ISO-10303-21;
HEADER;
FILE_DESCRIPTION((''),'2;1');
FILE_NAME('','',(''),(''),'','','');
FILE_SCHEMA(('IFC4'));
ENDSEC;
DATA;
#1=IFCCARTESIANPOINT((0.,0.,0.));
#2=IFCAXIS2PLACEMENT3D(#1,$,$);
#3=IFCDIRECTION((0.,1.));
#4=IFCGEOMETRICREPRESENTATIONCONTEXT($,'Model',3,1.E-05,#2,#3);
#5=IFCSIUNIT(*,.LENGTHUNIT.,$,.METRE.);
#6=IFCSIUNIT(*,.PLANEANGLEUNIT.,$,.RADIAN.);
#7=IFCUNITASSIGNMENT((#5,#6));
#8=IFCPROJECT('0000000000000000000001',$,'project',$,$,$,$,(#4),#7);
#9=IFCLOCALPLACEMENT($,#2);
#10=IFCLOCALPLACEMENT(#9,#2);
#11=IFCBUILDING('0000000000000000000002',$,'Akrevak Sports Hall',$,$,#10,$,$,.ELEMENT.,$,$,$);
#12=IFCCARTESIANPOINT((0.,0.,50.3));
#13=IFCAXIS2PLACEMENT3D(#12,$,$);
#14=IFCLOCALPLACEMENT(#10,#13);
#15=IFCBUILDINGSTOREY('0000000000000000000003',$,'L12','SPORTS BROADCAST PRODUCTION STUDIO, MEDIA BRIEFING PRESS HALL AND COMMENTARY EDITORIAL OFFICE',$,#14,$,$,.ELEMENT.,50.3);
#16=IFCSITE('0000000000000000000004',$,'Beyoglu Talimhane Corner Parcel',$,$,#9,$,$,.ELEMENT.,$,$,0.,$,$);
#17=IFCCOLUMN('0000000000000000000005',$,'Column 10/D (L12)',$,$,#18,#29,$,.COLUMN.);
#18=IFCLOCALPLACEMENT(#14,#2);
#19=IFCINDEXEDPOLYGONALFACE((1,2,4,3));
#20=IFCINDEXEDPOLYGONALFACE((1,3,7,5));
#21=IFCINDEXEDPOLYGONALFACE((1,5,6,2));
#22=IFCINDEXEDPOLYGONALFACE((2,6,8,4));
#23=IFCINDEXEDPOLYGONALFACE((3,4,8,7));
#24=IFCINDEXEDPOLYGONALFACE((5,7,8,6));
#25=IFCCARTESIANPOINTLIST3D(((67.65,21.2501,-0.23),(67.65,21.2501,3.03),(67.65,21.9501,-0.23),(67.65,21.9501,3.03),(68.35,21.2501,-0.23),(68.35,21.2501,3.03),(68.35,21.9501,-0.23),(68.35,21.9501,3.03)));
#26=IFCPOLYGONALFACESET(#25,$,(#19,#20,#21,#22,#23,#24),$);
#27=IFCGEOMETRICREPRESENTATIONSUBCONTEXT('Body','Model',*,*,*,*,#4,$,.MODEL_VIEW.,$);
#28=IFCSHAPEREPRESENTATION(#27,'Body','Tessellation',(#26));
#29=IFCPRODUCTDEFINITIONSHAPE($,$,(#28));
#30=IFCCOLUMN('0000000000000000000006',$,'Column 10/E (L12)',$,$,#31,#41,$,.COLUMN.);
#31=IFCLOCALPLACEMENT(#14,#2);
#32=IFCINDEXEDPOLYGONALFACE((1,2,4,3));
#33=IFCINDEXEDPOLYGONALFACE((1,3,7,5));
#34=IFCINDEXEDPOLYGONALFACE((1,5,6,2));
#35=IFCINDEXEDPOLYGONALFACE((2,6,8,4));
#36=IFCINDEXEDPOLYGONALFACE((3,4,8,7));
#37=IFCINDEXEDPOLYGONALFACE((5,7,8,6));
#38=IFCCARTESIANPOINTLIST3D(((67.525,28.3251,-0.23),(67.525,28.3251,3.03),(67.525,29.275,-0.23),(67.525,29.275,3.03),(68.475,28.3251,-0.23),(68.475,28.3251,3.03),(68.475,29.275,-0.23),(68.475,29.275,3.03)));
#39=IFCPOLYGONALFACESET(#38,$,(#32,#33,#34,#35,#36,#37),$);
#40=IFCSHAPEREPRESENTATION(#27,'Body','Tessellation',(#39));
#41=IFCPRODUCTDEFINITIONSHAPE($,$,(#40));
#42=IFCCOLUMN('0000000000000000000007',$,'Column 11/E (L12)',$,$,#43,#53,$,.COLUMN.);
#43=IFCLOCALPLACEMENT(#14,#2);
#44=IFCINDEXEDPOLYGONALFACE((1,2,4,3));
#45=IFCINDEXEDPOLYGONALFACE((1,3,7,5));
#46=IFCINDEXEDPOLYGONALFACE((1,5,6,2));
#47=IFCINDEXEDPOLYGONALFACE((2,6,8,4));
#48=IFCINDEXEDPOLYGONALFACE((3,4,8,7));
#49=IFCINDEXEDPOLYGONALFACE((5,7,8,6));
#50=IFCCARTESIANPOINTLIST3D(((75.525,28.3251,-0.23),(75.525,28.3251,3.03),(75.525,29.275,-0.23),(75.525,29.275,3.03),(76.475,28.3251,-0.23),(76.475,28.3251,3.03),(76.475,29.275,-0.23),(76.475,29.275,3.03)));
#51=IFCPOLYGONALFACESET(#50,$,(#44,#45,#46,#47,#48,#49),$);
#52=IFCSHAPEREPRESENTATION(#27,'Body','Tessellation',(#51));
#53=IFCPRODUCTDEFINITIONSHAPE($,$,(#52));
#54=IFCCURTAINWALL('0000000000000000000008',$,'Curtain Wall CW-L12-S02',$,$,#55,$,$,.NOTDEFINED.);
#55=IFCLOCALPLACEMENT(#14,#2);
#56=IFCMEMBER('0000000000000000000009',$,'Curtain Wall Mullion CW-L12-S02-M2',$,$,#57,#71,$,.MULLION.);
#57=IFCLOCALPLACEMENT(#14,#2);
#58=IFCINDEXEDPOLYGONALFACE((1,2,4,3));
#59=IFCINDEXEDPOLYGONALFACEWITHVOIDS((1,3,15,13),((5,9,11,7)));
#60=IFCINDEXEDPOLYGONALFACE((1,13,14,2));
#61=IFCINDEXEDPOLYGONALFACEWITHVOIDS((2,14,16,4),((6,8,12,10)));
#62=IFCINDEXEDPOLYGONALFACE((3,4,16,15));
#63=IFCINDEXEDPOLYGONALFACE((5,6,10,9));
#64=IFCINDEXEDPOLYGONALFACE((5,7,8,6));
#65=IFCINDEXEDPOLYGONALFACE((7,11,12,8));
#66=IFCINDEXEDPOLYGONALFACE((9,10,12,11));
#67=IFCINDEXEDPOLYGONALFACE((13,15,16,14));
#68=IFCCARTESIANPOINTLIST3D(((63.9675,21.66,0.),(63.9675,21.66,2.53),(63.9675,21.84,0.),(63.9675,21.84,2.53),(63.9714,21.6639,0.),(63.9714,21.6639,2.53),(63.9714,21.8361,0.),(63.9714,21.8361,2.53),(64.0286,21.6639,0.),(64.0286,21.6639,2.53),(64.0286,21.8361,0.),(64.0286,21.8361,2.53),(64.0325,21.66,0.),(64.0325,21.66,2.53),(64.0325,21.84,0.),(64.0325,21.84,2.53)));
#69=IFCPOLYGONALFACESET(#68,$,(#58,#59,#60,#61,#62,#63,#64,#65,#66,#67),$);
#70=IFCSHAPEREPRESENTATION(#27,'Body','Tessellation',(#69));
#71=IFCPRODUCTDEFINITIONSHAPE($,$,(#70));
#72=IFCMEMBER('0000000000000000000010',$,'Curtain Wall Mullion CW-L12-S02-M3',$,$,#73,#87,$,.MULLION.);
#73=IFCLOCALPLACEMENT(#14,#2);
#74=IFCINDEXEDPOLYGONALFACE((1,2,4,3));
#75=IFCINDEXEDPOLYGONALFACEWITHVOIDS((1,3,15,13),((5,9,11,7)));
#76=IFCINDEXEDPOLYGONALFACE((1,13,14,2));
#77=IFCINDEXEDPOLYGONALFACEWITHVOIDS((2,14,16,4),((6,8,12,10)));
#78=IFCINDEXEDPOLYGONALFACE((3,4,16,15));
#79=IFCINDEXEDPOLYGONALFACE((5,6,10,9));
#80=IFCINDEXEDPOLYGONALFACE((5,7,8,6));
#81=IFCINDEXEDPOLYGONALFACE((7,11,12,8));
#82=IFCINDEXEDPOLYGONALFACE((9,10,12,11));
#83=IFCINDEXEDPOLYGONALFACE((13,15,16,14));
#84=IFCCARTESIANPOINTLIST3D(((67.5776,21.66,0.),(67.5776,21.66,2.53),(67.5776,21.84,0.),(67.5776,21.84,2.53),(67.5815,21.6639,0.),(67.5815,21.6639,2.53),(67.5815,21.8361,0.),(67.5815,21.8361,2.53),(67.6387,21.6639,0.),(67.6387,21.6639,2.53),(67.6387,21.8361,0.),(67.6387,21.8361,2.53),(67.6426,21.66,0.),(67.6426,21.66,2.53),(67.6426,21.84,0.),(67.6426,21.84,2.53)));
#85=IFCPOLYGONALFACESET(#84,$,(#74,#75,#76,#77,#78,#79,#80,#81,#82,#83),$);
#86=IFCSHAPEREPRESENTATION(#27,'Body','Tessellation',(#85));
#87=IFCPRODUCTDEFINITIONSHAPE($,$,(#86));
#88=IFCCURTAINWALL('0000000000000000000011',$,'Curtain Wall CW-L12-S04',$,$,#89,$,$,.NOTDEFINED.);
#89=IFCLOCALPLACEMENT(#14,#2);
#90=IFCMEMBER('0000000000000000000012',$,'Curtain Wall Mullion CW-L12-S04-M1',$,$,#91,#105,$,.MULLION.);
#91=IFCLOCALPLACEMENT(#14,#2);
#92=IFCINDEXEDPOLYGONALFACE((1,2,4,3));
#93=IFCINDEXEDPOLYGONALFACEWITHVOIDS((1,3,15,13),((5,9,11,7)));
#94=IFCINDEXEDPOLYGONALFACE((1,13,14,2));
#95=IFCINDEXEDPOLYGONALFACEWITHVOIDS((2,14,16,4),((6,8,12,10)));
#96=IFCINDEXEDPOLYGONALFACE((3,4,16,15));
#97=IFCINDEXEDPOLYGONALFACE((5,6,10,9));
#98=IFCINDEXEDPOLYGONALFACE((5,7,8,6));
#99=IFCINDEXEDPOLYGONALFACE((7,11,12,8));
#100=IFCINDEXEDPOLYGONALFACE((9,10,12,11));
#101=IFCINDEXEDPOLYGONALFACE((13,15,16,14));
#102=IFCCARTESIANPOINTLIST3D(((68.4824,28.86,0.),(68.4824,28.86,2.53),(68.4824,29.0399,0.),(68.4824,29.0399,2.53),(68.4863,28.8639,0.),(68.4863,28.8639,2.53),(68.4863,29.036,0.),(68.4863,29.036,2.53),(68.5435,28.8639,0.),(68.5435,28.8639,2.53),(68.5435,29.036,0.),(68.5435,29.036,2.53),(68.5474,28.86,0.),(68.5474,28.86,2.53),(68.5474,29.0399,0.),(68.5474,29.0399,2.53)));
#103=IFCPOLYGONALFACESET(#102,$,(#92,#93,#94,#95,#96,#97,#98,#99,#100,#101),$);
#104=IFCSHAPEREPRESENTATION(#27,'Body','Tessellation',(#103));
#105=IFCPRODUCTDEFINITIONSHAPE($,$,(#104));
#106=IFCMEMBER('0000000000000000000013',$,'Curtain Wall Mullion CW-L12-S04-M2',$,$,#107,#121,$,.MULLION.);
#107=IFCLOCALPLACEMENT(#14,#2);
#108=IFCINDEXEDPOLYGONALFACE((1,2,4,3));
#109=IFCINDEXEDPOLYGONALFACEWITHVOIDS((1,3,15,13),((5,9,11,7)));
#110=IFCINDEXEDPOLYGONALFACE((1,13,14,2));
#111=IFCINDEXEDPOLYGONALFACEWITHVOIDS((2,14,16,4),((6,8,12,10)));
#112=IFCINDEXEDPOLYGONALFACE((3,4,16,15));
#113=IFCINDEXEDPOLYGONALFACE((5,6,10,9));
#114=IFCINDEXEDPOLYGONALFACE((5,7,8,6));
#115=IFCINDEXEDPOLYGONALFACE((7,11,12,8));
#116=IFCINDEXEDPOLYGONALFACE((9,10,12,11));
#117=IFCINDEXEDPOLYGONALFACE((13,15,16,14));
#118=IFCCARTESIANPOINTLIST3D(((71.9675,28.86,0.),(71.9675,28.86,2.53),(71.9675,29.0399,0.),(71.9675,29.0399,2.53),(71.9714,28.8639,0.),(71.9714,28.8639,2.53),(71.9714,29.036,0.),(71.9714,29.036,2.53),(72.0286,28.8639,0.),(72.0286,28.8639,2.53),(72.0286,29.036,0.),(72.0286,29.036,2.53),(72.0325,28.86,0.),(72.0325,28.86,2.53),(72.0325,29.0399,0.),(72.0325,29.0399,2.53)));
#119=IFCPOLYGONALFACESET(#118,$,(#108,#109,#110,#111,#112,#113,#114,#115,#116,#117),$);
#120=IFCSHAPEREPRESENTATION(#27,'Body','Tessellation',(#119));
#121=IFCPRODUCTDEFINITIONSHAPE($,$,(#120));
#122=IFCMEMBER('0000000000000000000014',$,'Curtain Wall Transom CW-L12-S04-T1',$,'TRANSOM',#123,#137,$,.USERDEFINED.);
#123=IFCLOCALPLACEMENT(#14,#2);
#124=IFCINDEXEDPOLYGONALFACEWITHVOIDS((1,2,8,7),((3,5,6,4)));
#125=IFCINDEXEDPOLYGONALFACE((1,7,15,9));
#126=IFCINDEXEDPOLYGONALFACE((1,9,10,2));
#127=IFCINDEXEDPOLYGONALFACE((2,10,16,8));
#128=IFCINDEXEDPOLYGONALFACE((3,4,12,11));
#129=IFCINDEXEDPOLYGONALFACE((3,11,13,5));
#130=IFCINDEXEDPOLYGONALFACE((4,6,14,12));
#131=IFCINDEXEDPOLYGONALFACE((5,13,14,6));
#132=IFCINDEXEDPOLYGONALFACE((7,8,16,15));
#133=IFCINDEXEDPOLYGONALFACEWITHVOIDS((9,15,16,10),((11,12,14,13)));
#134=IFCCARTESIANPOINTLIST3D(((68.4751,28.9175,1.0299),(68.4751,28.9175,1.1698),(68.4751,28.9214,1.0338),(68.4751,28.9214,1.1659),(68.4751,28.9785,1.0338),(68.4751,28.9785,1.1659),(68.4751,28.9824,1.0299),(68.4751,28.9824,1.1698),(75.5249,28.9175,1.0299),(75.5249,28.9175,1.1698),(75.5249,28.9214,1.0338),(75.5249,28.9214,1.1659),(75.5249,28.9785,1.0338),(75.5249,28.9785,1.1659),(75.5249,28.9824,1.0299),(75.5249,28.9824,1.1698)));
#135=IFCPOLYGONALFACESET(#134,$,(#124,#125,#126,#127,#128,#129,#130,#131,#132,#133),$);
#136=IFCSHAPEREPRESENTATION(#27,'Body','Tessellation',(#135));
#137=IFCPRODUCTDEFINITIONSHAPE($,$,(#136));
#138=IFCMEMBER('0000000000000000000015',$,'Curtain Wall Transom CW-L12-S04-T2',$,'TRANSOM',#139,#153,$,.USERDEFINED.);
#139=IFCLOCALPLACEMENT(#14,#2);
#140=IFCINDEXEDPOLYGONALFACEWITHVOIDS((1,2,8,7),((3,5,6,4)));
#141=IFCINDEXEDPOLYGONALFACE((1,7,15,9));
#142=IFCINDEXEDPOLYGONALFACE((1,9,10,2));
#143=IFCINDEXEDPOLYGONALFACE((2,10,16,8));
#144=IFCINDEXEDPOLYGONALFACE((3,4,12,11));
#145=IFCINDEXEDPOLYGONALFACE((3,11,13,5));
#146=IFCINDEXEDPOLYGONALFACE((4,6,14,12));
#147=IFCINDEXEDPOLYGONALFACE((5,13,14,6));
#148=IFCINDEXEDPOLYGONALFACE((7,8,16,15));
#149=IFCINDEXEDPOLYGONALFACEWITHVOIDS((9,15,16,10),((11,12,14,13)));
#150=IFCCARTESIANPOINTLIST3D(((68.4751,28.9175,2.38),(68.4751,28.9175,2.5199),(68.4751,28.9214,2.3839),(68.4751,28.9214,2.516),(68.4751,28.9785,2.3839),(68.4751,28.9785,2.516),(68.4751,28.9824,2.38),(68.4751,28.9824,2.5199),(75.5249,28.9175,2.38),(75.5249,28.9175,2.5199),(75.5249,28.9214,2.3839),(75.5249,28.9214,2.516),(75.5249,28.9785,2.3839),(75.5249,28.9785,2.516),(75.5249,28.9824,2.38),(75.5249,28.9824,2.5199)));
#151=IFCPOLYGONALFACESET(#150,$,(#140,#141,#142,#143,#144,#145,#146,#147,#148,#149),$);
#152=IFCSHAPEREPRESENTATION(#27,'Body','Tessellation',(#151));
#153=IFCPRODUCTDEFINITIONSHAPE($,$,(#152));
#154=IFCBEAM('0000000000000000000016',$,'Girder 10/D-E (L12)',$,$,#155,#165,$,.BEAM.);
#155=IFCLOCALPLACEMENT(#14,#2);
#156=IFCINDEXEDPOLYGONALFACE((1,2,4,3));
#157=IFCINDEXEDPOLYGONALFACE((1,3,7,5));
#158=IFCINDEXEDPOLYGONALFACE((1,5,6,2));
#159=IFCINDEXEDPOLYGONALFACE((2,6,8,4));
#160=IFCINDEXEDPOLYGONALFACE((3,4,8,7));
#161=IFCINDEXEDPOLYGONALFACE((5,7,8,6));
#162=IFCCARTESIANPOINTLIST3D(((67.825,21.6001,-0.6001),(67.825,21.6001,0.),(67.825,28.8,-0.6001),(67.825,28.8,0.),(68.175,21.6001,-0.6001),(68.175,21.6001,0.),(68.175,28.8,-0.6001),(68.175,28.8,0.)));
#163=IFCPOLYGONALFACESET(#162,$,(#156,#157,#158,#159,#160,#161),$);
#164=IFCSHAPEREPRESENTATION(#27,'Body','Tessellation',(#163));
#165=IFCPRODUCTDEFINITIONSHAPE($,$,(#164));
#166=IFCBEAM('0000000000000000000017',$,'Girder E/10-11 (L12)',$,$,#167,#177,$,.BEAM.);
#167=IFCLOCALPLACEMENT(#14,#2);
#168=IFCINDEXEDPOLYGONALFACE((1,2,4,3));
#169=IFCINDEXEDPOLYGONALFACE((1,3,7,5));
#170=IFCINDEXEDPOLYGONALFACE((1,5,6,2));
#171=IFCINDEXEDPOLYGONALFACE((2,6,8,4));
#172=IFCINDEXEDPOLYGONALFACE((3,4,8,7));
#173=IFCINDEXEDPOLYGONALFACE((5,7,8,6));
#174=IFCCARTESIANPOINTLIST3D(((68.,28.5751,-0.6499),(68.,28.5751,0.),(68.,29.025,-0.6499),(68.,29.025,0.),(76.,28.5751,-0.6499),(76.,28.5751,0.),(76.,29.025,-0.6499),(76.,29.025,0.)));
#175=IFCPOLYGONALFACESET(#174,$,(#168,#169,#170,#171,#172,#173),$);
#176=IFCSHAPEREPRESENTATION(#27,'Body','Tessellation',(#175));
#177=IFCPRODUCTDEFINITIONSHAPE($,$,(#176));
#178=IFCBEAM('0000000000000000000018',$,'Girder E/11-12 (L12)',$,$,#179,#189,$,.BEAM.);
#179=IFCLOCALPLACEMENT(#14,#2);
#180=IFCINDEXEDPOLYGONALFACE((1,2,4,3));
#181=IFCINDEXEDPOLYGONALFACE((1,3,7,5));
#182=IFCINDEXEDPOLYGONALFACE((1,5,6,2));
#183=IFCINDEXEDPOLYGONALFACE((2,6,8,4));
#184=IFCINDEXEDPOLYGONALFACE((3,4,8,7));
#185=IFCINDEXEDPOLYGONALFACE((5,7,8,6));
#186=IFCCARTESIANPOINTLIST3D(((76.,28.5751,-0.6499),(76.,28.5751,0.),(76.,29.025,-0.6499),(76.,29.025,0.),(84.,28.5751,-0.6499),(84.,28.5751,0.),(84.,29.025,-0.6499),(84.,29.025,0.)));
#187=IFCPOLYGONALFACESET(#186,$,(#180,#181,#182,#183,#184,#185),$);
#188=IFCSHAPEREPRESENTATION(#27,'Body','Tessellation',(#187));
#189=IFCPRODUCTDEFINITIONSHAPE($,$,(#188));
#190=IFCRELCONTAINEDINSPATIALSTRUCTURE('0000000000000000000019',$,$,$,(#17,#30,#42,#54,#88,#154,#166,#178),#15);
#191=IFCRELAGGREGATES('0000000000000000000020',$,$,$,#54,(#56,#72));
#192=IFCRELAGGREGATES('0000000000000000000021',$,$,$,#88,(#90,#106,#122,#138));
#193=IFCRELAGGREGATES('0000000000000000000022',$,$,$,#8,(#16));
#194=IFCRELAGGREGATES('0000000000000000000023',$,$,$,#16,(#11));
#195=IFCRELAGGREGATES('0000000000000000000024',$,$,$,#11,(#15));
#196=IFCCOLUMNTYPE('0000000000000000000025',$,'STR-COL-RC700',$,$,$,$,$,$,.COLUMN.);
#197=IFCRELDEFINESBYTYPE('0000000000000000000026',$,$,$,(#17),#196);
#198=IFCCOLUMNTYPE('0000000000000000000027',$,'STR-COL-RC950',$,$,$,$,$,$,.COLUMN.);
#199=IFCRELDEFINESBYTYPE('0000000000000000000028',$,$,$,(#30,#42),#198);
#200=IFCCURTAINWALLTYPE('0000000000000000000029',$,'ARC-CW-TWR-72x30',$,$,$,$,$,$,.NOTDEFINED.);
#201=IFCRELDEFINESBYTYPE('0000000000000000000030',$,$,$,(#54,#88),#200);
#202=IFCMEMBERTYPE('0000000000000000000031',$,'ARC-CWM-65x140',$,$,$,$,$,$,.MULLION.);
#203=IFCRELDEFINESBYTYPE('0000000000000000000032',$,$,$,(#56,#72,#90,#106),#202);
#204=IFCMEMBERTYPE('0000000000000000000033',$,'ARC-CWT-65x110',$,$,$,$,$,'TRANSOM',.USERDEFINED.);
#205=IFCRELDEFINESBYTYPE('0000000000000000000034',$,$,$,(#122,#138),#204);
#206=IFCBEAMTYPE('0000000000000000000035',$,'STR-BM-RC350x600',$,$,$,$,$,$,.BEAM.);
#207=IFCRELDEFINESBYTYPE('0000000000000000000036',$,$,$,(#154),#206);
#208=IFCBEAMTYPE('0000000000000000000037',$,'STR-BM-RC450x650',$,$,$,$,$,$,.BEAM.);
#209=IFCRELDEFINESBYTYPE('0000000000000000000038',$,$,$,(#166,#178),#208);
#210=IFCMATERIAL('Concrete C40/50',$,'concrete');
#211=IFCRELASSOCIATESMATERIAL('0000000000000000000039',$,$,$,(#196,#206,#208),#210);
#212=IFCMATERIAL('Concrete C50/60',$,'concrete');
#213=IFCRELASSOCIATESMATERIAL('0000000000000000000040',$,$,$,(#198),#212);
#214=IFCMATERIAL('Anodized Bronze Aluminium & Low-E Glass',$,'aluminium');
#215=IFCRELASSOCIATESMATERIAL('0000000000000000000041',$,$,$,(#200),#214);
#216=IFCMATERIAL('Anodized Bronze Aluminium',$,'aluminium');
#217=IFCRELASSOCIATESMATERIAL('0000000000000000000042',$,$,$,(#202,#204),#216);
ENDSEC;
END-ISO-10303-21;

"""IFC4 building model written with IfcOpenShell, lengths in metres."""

from ifc_helpers import new_model, si_unit, direction, frame, origin, origin_2d, place, context, subcontext, project, spatial, rectangle, hollow_rectangle, extrude, material, material_profile, profile_set, type_object, element, aggregate, save


model = new_model("IFC4")

# Units and contexts
model_context = context("Model", 3, precision=1e-05, world=origin(), true_north=direction((0.0, 1.0)))
body_context = subcontext(model_context, "Body", "Model", "MODEL_VIEW")
ifc_project = project(units=[si_unit("LENGTHUNIT", "METRE"), si_unit("PLANEANGLEUNIT", "RADIAN")], contexts=[model_context])

# Site, building, storey
site_placement = place(None, origin())
site = spatial("IfcSite", under=ifc_project, at=site_placement, Name="Beyoglu Talimhane Corner Parcel", CompositionType="ELEMENT", RefElevation=0.0)
building_placement = place(site_placement, origin())
building = spatial("IfcBuilding", under=site, at=building_placement, Name="Akrevak Sports Hall", CompositionType="ELEMENT")
storey_placement = place(building_placement, frame((0.0, 0.0, 50.3)))
storey = spatial("IfcBuildingStorey", under=building, at=storey_placement, Name="L12", Description="SPORTS BROADCAST PRODUCTION STUDIO, MEDIA BRIEFING PRESS HALL AND COMMENTARY EDITORIAL OFFICE", CompositionType="ELEMENT", Elevation=50.3)

# Columns
ifc_material_1 = material(Name="Concrete C40/50", Category="concrete")
ifc_material_profile_1 = material_profile(ifc_material_1, rectangle(XDim=0.7, YDim=0.7, at=origin_2d()), Name="RC 700x700", Category="concrete")
ifc_profile_set_1 = profile_set([ifc_material_profile_1], Name="Concrete C40/50")
column_type_1 = type_object("IfcColumnType", Name="STR-COL-RC700", PredefinedType="COLUMN", material=ifc_profile_set_1)
column_placement = place(storey_placement, frame((68.0, 21.6001, -0.23), z_axis=(0.0, 0.0, 1.0), x_axis=(1.0, 0.0, 0.0)))
element("IfcColumn", 1, at=column_placement, inside=storey, type_object=column_type_1, Name="Column 10/D (L12)", PredefinedType="COLUMN", context=body_context, shape_type="SweptSolid", body=[
    extrude(rectangle(XDim=0.7, YDim=0.7, at=origin_2d()), origin(), (0.0, 0.0, 1.0), 3.26),
])
ifc_material_2 = material(Name="Concrete C50/60", Category="concrete")
ifc_material_profile_2 = material_profile(ifc_material_2, rectangle(XDim=0.95, YDim=0.95, at=origin_2d()), Name="RC 950x950", Category="concrete")
ifc_profile_set_2 = profile_set([ifc_material_profile_2], Name="Concrete C50/60")
column_type_2 = type_object("IfcColumnType", Name="STR-COL-RC950", PredefinedType="COLUMN", material=ifc_profile_set_2)
for number, where, z_axis, x_axis, name in (
    (2, (68.0, 28.8, -0.23), (0.0, 0.0, 1.0), (1.0, 0.0, 0.0), "Column 10/E (L12)"),
    (3, (76.0, 28.8, -0.23), (0.0, 0.0, 1.0), (1.0, 0.0, 0.0), "Column 11/E (L12)"),
):
    element("IfcColumn", number, at=place(storey_placement, frame(where, z_axis=z_axis, x_axis=x_axis)), inside=storey, type_object=column_type_2, Name=name, PredefinedType="COLUMN", context=body_context, shape_type="SweptSolid", body=[
        extrude(rectangle(XDim=0.95, YDim=0.95, at=origin_2d()), origin(), (0.0, 0.0, 1.0), 3.26),
    ])

# Curtain walls, members
ifc_material_3 = material(Name="Anodized Bronze Aluminium & Low-E Glass", Category="aluminium")
curtain_wall_type = type_object("IfcCurtainWallType", Name="ARC-CW-TWR-72x30", PredefinedType="NOTDEFINED", material=ifc_material_3)
curtain_wall_1_placement = place(storey_placement, origin())
curtain_wall_1 = element("IfcCurtainWall", 4, at=curtain_wall_1_placement, inside=storey, type_object=curtain_wall_type, Name="Curtain Wall CW-L12-S02", PredefinedType="NOTDEFINED")
ifc_material_4 = material(Name="Anodized Bronze Aluminium", Category="aluminium")
ifc_material_profile_3 = material_profile(ifc_material_4, hollow_rectangle(XDim=0.0649, YDim=0.1799, WallThickness=0.0039, at=origin_2d()), Name="CWM 65x180", Category="aluminium")
ifc_profile_set_3 = profile_set([ifc_material_profile_3], Name="Anodized Bronze Aluminium")
member_type_1 = type_object("IfcMemberType", Name="ARC-CWM-65x140", PredefinedType="MULLION", material=ifc_profile_set_3)
member_1_placement = place(storey_placement, frame((64.0, 21.75, 0.0), z_axis=(0.0, 0.0, 1.0), x_axis=(1.0, 0.0, 0.0)))
member_1 = element("IfcMember", 5, at=member_1_placement, type_object=member_type_1, Name="Curtain Wall Mullion CW-L12-S02-M2", PredefinedType="MULLION", context=body_context, shape_type="SweptSolid", body=[
    extrude(hollow_rectangle(XDim=0.0649, YDim=0.1799, WallThickness=0.0039, at=origin_2d()), origin(), (0.0, 0.0, 1.0), 2.53),
])
member_2_placement = place(storey_placement, frame((67.6101, 21.75, 0.0), z_axis=(0.0, 0.0, 1.0), x_axis=(1.0, 0.0, 0.0)))
member_2 = element("IfcMember", 6, at=member_2_placement, type_object=member_type_1, Name="Curtain Wall Mullion CW-L12-S02-M3", PredefinedType="MULLION", context=body_context, shape_type="SweptSolid", body=[
    extrude(hollow_rectangle(XDim=0.0649, YDim=0.1799, WallThickness=0.0039, at=origin_2d()), origin(), (0.0, 0.0, 1.0), 2.53),
])
curtain_wall_2_placement = place(storey_placement, origin())
curtain_wall_2 = element("IfcCurtainWall", 7, at=curtain_wall_2_placement, inside=storey, type_object=curtain_wall_type, Name="Curtain Wall CW-L12-S04", PredefinedType="NOTDEFINED")
member_3_placement = place(storey_placement, frame((68.5149, 28.95, 0.0), z_axis=(0.0, 0.0, 1.0), x_axis=(1.0, 0.0, 0.0)))
member_3 = element("IfcMember", 8, at=member_3_placement, type_object=member_type_1, Name="Curtain Wall Mullion CW-L12-S04-M1", PredefinedType="MULLION", context=body_context, shape_type="SweptSolid", body=[
    extrude(hollow_rectangle(XDim=0.0649, YDim=0.1799, WallThickness=0.0039, at=origin_2d()), origin(), (0.0, 0.0, 1.0), 2.53),
])
member_4_placement = place(storey_placement, frame((72.0, 28.95, 0.0), z_axis=(0.0, 0.0, 1.0), x_axis=(1.0, 0.0, 0.0)))
member_4 = element("IfcMember", 9, at=member_4_placement, type_object=member_type_1, Name="Curtain Wall Mullion CW-L12-S04-M2", PredefinedType="MULLION", context=body_context, shape_type="SweptSolid", body=[
    extrude(hollow_rectangle(XDim=0.0649, YDim=0.1799, WallThickness=0.0039, at=origin_2d()), origin(), (0.0, 0.0, 1.0), 2.53),
])
ifc_material_profile_4 = material_profile(ifc_material_4, hollow_rectangle(XDim=0.0649, YDim=0.1399, WallThickness=0.0039, at=origin_2d()), Name="CWT 65x140", Category="aluminium")
ifc_profile_set_4 = profile_set([ifc_material_profile_4], Name="Anodized Bronze Aluminium")
member_type_2 = type_object("IfcMemberType", Name="ARC-CWT-65x110", ElementType="TRANSOM", PredefinedType="USERDEFINED", material=ifc_profile_set_4)
member_5_placement = place(storey_placement, frame((68.4751, 28.95, 1.0999), z_axis=(1.0, 0.0, 0.0), x_axis=(0.0, 1.0, 0.0)))
member_5 = element("IfcMember", 10, at=member_5_placement, type_object=member_type_2, Name="Curtain Wall Transom CW-L12-S04-T1", ObjectType="TRANSOM", PredefinedType="USERDEFINED", context=body_context, shape_type="SweptSolid", body=[
    extrude(hollow_rectangle(XDim=0.0649, YDim=0.1399, WallThickness=0.0039, at=origin_2d()), origin(), (0.0, 0.0, 1.0), 7.0498),
])
member_6_placement = place(storey_placement, frame((68.4751, 28.95, 2.45), z_axis=(1.0, 0.0, 0.0), x_axis=(0.0, 1.0, 0.0)))
member_6 = element("IfcMember", 11, at=member_6_placement, type_object=member_type_2, Name="Curtain Wall Transom CW-L12-S04-T2", ObjectType="TRANSOM", PredefinedType="USERDEFINED", context=body_context, shape_type="SweptSolid", body=[
    extrude(hollow_rectangle(XDim=0.0649, YDim=0.1399, WallThickness=0.0039, at=origin_2d()), origin(), (0.0, 0.0, 1.0), 7.0498),
])

# Beams
ifc_material_profile_5 = material_profile(ifc_material_1, rectangle(XDim=0.3501, YDim=0.6001, at=origin_2d()), Name="BM 350x600", Category="concrete")
ifc_profile_set_5 = profile_set([ifc_material_profile_5], Name="Concrete C40/50")
beam_type_1 = type_object("IfcBeamType", Name="STR-BM-RC350x600", PredefinedType="BEAM", material=ifc_profile_set_5)
beam_placement = place(storey_placement, frame((68.0, 21.6001, -0.3), z_axis=(0.0, 1.0, 0.0), x_axis=(-1.0, 0.0, 0.0)))
element("IfcBeam", 12, at=beam_placement, inside=storey, type_object=beam_type_1, Name="Girder 10/D-E (L12)", PredefinedType="BEAM", context=body_context, shape_type="SweptSolid", body=[
    extrude(rectangle(XDim=0.3501, YDim=0.6001, at=origin_2d()), origin(), (0.0, 0.0, 1.0), 7.2),
])
ifc_material_profile_6 = material_profile(ifc_material_1, rectangle(XDim=0.45, YDim=0.6499, at=origin_2d()), Name="BM 450x650", Category="concrete")
ifc_profile_set_6 = profile_set([ifc_material_profile_6], Name="Concrete C40/50")
beam_type_2 = type_object("IfcBeamType", Name="STR-BM-RC450x650", PredefinedType="BEAM", material=ifc_profile_set_6)
for number, where, z_axis, x_axis, name in (
    (13, (68.0, 28.8, -0.325), (1.0, 0.0, 0.0), (0.0, 1.0, 0.0), "Girder E/10-11 (L12)"),
    (14, (76.0, 28.8, -0.325), (1.0, 0.0, 0.0), (0.0, 1.0, 0.0), "Girder E/11-12 (L12)"),
):
    element("IfcBeam", number, at=place(storey_placement, frame(where, z_axis=z_axis, x_axis=x_axis)), inside=storey, type_object=beam_type_2, Name=name, PredefinedType="BEAM", context=body_context, shape_type="SweptSolid", body=[
        extrude(rectangle(XDim=0.45, YDim=0.6499, at=origin_2d()), origin(), (0.0, 0.0, 1.0), 8.0),
    ])

aggregate(curtain_wall_1, [member_1, member_2])
aggregate(curtain_wall_2, [member_3, member_4, member_5, member_6])

save(model, "model.ifc")
